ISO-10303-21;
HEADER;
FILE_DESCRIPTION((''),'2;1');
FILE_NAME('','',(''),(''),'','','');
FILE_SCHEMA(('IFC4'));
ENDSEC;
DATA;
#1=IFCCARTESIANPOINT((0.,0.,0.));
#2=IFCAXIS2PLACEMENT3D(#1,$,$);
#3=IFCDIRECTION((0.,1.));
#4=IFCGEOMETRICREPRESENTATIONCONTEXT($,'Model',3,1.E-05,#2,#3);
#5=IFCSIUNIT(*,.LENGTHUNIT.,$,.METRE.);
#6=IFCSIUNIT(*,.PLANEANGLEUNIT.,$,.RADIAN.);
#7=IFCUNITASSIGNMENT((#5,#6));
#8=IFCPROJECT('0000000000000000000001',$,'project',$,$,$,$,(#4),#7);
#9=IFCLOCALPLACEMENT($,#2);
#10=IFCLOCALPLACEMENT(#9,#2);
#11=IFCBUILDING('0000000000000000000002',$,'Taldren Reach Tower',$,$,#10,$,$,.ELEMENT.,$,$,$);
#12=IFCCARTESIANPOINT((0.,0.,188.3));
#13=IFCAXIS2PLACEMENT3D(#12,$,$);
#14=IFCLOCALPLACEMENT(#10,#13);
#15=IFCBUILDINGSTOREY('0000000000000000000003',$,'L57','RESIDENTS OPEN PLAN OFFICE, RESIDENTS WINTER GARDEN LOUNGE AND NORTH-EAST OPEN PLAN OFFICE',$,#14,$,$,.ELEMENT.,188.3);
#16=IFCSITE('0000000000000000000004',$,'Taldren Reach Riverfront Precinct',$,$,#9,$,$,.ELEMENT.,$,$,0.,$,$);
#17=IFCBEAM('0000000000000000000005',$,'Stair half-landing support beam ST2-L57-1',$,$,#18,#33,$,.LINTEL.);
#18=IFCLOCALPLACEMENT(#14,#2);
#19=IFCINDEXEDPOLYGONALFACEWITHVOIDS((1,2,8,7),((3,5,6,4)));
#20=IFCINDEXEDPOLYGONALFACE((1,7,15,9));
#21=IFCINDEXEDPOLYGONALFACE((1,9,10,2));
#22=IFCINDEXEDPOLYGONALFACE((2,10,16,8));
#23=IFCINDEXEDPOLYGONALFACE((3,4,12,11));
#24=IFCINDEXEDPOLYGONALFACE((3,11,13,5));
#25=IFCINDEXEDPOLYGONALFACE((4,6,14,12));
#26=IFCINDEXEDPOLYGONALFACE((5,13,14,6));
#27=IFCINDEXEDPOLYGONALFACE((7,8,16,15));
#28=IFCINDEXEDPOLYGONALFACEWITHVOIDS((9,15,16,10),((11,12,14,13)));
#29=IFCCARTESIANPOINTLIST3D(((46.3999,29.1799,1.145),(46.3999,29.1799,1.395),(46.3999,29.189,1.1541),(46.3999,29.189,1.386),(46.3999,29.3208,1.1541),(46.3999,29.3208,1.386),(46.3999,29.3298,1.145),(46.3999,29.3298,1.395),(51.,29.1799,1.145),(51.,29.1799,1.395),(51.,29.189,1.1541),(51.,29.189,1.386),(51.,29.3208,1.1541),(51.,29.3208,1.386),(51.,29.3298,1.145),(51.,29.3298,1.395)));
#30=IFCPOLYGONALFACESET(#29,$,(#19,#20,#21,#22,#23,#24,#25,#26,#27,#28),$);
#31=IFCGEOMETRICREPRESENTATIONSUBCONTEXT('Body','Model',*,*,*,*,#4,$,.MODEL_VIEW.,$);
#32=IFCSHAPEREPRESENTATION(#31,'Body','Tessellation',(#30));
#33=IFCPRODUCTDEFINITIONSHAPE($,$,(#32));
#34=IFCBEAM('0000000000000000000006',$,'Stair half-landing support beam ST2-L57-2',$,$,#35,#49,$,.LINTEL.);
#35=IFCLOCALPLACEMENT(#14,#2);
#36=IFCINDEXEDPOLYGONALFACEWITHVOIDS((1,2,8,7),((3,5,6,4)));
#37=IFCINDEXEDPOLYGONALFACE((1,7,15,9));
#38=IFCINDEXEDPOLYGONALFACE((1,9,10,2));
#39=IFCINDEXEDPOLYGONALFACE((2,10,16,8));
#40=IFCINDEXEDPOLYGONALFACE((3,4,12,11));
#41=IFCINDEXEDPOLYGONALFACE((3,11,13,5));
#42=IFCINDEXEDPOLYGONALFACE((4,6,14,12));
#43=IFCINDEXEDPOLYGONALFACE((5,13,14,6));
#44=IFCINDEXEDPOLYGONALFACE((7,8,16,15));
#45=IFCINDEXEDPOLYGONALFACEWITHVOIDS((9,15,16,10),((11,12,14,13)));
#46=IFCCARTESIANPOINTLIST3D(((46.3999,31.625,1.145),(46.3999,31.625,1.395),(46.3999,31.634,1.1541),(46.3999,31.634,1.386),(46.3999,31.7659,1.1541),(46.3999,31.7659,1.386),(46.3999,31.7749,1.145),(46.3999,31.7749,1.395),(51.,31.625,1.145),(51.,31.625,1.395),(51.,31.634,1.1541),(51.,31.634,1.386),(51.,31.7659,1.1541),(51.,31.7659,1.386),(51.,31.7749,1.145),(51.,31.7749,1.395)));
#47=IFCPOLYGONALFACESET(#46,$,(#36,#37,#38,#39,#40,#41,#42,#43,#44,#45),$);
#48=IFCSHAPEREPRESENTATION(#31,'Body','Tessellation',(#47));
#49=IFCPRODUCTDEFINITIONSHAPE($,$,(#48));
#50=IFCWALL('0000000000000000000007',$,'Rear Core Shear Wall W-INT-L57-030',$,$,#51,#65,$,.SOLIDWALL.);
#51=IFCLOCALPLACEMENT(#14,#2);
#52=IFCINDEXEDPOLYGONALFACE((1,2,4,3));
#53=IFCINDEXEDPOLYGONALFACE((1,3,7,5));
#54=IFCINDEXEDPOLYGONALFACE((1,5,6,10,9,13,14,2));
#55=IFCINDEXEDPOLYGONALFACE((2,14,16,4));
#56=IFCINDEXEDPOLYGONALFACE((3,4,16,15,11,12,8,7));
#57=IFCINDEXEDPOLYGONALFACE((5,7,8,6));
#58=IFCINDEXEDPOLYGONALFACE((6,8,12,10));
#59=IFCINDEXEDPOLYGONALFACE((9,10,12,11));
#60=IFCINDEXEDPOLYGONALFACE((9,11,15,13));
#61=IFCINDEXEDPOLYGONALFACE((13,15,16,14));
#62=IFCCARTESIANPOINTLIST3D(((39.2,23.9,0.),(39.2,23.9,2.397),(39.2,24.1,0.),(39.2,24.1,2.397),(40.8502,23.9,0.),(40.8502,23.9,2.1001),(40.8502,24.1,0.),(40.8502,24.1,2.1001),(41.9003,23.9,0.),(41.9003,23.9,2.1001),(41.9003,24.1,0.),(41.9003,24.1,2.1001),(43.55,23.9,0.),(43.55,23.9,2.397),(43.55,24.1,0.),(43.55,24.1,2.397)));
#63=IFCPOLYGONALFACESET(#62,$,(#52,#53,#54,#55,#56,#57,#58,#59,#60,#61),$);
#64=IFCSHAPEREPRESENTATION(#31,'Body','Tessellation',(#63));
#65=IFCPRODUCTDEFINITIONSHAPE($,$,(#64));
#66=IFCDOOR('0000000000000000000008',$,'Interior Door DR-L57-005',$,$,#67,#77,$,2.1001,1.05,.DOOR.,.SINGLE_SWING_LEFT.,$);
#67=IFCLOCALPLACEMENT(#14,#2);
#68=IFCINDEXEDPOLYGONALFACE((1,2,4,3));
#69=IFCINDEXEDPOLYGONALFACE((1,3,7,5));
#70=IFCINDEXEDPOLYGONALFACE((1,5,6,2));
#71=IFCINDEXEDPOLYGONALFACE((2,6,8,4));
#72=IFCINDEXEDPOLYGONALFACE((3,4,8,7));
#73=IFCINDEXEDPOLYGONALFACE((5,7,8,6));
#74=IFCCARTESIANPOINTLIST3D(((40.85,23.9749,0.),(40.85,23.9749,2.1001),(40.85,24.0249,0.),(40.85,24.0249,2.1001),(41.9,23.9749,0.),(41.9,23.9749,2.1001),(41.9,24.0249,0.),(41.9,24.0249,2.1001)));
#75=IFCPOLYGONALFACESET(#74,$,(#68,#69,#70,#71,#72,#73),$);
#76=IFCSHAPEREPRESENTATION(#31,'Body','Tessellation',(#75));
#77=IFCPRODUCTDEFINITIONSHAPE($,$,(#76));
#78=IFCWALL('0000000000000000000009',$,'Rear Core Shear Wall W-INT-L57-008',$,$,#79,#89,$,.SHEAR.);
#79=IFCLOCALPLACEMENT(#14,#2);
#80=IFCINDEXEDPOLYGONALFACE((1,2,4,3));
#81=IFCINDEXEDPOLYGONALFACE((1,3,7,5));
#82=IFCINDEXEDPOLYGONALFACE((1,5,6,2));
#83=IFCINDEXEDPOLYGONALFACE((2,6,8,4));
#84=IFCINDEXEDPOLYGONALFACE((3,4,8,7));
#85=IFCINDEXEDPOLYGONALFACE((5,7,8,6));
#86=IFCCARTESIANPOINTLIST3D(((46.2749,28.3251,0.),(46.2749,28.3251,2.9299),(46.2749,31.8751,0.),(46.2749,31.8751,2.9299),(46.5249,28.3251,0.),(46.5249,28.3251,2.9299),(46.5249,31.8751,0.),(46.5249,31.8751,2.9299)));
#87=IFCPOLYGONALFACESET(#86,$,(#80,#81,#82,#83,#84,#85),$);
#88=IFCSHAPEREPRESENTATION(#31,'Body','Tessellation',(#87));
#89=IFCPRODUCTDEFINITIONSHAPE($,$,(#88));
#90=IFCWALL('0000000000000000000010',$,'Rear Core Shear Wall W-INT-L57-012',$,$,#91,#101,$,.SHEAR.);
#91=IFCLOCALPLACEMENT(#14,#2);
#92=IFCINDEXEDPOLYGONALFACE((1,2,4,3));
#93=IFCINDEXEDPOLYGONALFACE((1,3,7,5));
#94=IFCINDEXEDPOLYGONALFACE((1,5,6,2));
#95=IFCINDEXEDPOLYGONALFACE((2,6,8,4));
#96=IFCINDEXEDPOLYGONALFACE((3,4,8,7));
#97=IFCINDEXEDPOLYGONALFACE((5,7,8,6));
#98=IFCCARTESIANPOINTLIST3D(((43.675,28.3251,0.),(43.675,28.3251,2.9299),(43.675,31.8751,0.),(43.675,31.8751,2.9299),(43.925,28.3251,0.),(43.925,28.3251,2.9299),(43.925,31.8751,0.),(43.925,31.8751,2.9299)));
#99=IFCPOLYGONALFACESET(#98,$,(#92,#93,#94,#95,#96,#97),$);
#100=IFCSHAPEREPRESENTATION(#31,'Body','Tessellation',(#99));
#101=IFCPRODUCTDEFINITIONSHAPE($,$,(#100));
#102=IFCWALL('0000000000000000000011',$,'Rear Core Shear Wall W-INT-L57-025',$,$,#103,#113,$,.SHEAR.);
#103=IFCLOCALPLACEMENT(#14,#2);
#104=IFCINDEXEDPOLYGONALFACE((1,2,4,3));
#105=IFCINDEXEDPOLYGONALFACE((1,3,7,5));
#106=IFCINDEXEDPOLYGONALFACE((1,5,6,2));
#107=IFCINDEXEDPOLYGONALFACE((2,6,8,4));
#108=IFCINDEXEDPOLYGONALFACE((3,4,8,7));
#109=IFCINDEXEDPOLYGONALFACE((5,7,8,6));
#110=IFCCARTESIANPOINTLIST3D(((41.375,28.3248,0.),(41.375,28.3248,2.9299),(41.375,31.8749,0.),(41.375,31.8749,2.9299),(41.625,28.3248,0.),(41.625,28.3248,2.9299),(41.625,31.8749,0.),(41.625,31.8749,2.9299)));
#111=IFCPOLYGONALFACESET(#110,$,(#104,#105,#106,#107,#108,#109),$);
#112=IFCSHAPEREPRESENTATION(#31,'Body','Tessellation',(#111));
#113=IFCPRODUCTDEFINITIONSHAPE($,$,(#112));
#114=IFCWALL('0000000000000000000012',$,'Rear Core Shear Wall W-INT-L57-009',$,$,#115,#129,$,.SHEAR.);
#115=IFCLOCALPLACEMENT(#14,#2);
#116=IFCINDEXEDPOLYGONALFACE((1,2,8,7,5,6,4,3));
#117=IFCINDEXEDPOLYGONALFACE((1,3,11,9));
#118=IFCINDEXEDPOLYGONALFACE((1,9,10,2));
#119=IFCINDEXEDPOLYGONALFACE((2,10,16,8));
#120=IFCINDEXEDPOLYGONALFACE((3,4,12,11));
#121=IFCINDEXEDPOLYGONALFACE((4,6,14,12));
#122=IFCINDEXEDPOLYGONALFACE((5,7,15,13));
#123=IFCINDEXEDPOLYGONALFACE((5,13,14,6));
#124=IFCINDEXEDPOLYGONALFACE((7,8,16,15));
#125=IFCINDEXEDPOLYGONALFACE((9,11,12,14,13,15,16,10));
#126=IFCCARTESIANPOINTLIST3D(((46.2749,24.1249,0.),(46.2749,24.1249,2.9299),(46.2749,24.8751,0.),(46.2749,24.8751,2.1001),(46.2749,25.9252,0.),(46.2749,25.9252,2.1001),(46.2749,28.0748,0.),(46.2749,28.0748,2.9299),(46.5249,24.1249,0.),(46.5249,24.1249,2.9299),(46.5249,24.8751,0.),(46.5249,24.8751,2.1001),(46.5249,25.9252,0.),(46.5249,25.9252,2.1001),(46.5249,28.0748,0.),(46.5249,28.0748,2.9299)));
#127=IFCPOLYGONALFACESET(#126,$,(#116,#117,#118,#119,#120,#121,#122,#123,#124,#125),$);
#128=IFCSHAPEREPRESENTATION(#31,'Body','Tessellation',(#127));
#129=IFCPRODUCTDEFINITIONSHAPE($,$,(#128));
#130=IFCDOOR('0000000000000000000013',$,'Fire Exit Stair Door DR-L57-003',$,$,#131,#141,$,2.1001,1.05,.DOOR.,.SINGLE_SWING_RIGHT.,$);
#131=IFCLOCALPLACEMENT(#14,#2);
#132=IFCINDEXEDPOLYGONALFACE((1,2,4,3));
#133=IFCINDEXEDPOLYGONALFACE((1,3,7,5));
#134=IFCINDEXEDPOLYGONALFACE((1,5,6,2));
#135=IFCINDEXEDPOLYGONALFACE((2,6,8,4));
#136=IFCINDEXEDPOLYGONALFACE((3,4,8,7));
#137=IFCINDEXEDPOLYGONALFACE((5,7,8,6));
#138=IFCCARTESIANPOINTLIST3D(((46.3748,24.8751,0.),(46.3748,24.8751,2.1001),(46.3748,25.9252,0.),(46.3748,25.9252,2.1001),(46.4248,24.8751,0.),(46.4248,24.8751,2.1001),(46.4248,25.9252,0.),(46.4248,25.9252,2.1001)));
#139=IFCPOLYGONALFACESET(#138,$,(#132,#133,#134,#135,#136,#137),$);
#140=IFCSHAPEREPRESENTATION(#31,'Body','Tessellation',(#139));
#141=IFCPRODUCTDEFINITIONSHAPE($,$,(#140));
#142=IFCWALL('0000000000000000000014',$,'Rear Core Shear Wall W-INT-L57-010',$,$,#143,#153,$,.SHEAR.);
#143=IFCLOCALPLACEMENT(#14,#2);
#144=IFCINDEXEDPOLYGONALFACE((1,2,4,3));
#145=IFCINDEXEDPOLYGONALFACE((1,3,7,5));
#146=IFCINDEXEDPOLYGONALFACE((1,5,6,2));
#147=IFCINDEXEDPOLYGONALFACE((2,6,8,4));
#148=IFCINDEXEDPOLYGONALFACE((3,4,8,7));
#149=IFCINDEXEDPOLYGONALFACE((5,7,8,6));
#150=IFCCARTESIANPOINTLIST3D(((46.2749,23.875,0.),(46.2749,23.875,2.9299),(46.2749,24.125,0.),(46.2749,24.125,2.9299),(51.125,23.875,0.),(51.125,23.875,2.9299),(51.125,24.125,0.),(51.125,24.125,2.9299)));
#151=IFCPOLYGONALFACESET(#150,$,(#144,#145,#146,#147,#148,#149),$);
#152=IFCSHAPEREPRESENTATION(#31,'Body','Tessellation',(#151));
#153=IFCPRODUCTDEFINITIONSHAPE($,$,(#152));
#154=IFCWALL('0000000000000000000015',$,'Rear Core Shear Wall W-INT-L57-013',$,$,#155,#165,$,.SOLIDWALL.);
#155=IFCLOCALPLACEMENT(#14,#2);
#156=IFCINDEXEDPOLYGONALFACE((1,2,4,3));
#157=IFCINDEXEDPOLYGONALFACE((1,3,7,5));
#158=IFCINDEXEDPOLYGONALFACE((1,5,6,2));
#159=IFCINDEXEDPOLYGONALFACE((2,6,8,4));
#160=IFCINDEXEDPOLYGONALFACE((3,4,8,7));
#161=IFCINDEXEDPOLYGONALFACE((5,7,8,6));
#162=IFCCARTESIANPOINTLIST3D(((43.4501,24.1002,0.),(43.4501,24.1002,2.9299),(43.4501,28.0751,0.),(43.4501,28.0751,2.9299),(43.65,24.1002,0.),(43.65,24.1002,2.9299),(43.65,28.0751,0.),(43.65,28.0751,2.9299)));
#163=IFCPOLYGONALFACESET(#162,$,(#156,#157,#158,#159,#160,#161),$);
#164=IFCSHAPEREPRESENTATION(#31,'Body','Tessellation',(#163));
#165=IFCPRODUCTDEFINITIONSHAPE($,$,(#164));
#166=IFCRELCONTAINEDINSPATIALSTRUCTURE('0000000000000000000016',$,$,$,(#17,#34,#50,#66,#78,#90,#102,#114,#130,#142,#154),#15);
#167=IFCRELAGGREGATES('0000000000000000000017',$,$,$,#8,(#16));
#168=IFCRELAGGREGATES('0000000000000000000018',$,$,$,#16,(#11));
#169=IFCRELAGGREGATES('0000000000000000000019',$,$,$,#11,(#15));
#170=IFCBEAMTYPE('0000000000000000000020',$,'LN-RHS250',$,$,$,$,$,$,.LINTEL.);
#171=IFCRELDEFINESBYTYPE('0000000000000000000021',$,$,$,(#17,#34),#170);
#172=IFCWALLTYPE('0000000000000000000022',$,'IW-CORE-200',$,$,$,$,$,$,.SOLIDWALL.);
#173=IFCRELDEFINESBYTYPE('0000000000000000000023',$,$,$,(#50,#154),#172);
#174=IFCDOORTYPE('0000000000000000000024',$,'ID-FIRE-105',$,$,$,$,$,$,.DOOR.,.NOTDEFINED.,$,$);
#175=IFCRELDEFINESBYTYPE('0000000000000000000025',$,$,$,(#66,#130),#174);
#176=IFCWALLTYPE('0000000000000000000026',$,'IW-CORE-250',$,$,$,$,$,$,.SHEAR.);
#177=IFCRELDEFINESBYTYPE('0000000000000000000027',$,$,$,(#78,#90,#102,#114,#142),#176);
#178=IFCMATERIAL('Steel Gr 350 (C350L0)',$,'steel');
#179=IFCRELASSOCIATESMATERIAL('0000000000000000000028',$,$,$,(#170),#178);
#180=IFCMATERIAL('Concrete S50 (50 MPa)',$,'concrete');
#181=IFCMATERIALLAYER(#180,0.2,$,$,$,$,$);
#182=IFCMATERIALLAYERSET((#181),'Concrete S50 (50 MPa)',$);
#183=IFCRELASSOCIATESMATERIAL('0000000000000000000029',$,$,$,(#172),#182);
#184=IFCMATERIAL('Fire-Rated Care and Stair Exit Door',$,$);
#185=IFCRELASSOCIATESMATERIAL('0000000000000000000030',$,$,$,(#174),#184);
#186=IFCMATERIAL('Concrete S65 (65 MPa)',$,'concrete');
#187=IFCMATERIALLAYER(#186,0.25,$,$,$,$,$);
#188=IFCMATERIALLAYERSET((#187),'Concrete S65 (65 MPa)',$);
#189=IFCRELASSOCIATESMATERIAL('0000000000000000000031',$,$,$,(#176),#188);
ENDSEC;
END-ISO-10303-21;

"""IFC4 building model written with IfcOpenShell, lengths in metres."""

from ifc_helpers import new_model, si_unit, direction, frame, frame_2d, origin, origin_2d, place, context, subcontext, project, spatial, rectangle, hollow_rectangle, extrude, source, transform, mapped, material, layer, layer_set, material_profile, profile_set, type_object, element, fill, save


model = new_model("IFC4")

# Units and contexts
model_context = context("Model", 3, precision=1e-05, world=origin(), true_north=direction((0.0, 1.0)))
body_context = subcontext(model_context, "Body", "Model", "MODEL_VIEW")
ifc_project = project(units=[si_unit("LENGTHUNIT", "METRE"), si_unit("PLANEANGLEUNIT", "RADIAN")], contexts=[model_context])

# Site, building, storey
site_placement = place(None, origin())
site = spatial("IfcSite", under=ifc_project, at=site_placement, Name="Taldren Reach Riverfront Precinct", CompositionType="ELEMENT", RefElevation=0.0)
building_placement = place(site_placement, origin())
building = spatial("IfcBuilding", under=site, at=building_placement, Name="Taldren Reach Tower", CompositionType="ELEMENT")
storey_placement = place(building_placement, frame((0.0, 0.0, 188.3)))
storey = spatial("IfcBuildingStorey", under=building, at=storey_placement, Name="L57", Description="RESIDENTS OPEN PLAN OFFICE, RESIDENTS WINTER GARDEN LOUNGE AND NORTH-EAST OPEN PLAN OFFICE", CompositionType="ELEMENT", Elevation=188.3)

# Beams
ifc_material_1 = material(Name="Steel Gr 350 (C350L0)", Category="steel")
ifc_material_profile = material_profile(ifc_material_1, hollow_rectangle(XDim=0.1499, YDim=0.25, WallThickness=0.009, at=origin_2d()), Name="250x150x9.0RHS")
ifc_profile_set = profile_set([ifc_material_profile], Name="Steel Gr 350 (C350L0)")
beam_type = type_object("IfcBeamType", Name="LN-RHS250", PredefinedType="LINTEL", material=ifc_profile_set)
shared_shape_1 = source(origin(), body_context, "Body", "SweptSolid", [
    extrude(hollow_rectangle(XDim=0.1499, YDim=0.25, WallThickness=0.009, at=origin_2d()), origin(), (0.0, 0.0, 1.0), 4.6001),
])
for number, where, z_axis, x_axis, name in (
    (1, (46.3999, 29.2549, 1.27), (1.0, 0.0, 0.0), (0.0, 1.0, 0.0), "Stair half-landing support beam ST2-L57-1"),
    (2, (46.3999, 31.7, 1.27), (1.0, 0.0, 0.0), (0.0, 1.0, 0.0), "Stair half-landing support beam ST2-L57-2"),
):
    element("IfcBeam", number, at=place(storey_placement, frame(where, z_axis=z_axis, x_axis=x_axis)), inside=storey, type_object=beam_type, Name=name, PredefinedType="LINTEL", context=body_context, shape_type="MappedRepresentation", body=[
        mapped(shared_shape_1, transform((0.0, 0.0, 0.0), scale=1.0)),
    ])

# Wall, opening, door
ifc_material_2 = material(Name="Concrete S50 (50 MPa)", Category="concrete")
ifc_layer_1 = layer(ifc_material_2, 0.2)
ifc_layer_set_1 = layer_set([ifc_layer_1], Name="Concrete S50 (50 MPa)")
wall_type_1 = type_object("IfcWallType", Name="IW-CORE-200", PredefinedType="SOLIDWALL", material=ifc_layer_set_1)
shared_shape_2 = source(origin(), body_context, "Body", "SweptSolid", [
    extrude(rectangle(XDim=4.3501, YDim=0.2, at=frame_2d((2.175, 0.0))), origin(), (0.0, 0.0, 1.0), 2.397),
])
wall_1_placement = place(storey_placement, frame((43.55, 24.0, 0.0), z_axis=(0.0, 0.0, 1.0), x_axis=(-1.0, 0.0, 0.0)))
wall_1 = element("IfcWall", 3, at=wall_1_placement, inside=storey, type_object=wall_type_1, Name="Rear Core Shear Wall W-INT-L57-030", PredefinedType="SOLIDWALL", context=body_context, shape_type="MappedRepresentation", body=[
    mapped(shared_shape_2, transform((0.0, 0.0, 0.0), scale=1.0)),
])
shared_shape_3 = source(origin(), body_context, "Body", "SweptSolid", [
    extrude(rectangle(XDim=1.05, YDim=2.1001, at=frame_2d((0.5249, 1.05))), frame((0.0, 0.1099, 0.0), z_axis=(0.0, -1.0, 0.0), x_axis=(1.0, 0.0, 0.0)), (0.0, 0.0, 1.0), 0.22),
])
opening_1_placement = place(wall_1_placement, frame((1.6499, 0.0, 0.0)))
opening_1 = element("IfcOpeningElement", 4, at=opening_1_placement, cuts=wall_1, PredefinedType="OPENING", context=body_context, shape_type="MappedRepresentation", body=[
    mapped(shared_shape_3, transform((0.0, 0.0, 0.0), scale=1.0)),
])
ifc_material_3 = material(Name="Fire-Rated Care and Stair Exit Door")
door_type_1 = type_object("IfcDoorType", Name="ID-FIRE-105", OperationType="NOTDEFINED", PredefinedType="DOOR", material=ifc_material_3)
shared_shape_4 = source(origin(), body_context, "Body", "SweptSolid", [
    extrude(rectangle(XDim=1.05, YDim=2.1001, at=frame_2d((0.5249, 1.05))), frame((0.0, 0.0249, 0.0), z_axis=(0.0, -1.0, 0.0), x_axis=(1.0, 0.0, 0.0)), (0.0, 0.0, 1.0), 0.05),
])
door_1_placement = place(opening_1_placement, frame((1.05, 0.0, 0.0), z_axis=(0.0, 0.0, 1.0), x_axis=(-1.0, 0.0, 0.0)))
door_1 = element("IfcDoor", 5, at=door_1_placement, inside=storey, type_object=door_type_1, Name="Interior Door DR-L57-005", OperationType="SINGLE_SWING_LEFT", OverallHeight=2.1001, OverallWidth=1.05, PredefinedType="DOOR", context=body_context, shape_type="MappedRepresentation", body=[
    mapped(shared_shape_4, transform((0.0, 0.0, 0.0), scale=1.0)),
])
fill(opening_1, door_1)

# Walls
ifc_material_4 = material(Name="Concrete S65 (65 MPa)", Category="concrete")
ifc_layer_2 = layer(ifc_material_4, 0.25)
ifc_layer_set_2 = layer_set([ifc_layer_2], Name="Concrete S65 (65 MPa)")
wall_type_2 = type_object("IfcWallType", Name="IW-CORE-250", PredefinedType="SHEAR", material=ifc_layer_set_2)
shared_shape_5 = source(origin(), body_context, "Body", "SweptSolid", [
    extrude(rectangle(XDim=3.55, YDim=0.25, at=frame_2d((1.7749, 0.0))), origin(), (0.0, 0.0, 1.0), 2.9299),
])
for number, where, z_axis, x_axis, name in (
    (6, (46.3999, 31.875, 0.0), (0.0, 0.0, 1.0), (0.0, -1.0, 0.0), "Rear Core Shear Wall W-INT-L57-008"),
    (7, (43.8, 31.875, 0.0), (0.0, 0.0, 1.0), (0.0, -1.0, 0.0), "Rear Core Shear Wall W-INT-L57-012"),
    (8, (41.5, 28.325, 0.0), (0.0, 0.0, 1.0), (0.0, 1.0, 0.0), "Rear Core Shear Wall W-INT-L57-025"),
):
    element("IfcWall", number, at=place(storey_placement, frame(where, z_axis=z_axis, x_axis=x_axis)), inside=storey, type_object=wall_type_2, Name=name, PredefinedType="SHEAR", context=body_context, shape_type="MappedRepresentation", body=[
        mapped(shared_shape_5, transform((0.0, 0.0, 0.0), scale=1.0)),
    ])

# Wall, opening, door
shared_shape_6 = source(origin(), body_context, "Body", "SweptSolid", [
    extrude(rectangle(XDim=3.95, YDim=0.25, at=frame_2d((1.9751, 0.0))), origin(), (0.0, 0.0, 1.0), 2.9299),
])
wall_2_placement = place(storey_placement, frame((46.3999, 28.075, 0.0), z_axis=(0.0, 0.0, 1.0), x_axis=(0.0, -1.0, 0.0)))
wall_2 = element("IfcWall", 9, at=wall_2_placement, inside=storey, type_object=wall_type_2, Name="Rear Core Shear Wall W-INT-L57-009", PredefinedType="SHEAR", context=body_context, shape_type="MappedRepresentation", body=[
    mapped(shared_shape_6, transform((0.0, 0.0, 0.0), scale=1.0)),
])
shared_shape_7 = source(origin(), body_context, "Body", "SweptSolid", [
    extrude(rectangle(XDim=1.05, YDim=2.1001, at=frame_2d((0.5249, 1.05))), frame((0.0, 0.135, 0.0), z_axis=(0.0, -1.0, 0.0), x_axis=(1.0, 0.0, 0.0)), (0.0, 0.0, 1.0), 0.27),
])
opening_2_placement = place(wall_2_placement, frame((2.1499, 0.0, 0.0)))
opening_2 = element("IfcOpeningElement", 10, at=opening_2_placement, cuts=wall_2, PredefinedType="OPENING", context=body_context, shape_type="MappedRepresentation", body=[
    mapped(shared_shape_7, transform((0.0, 0.0, 0.0), scale=1.0)),
])
door_2_placement = place(opening_2_placement, origin())
door_2 = element("IfcDoor", 11, at=door_2_placement, inside=storey, type_object=door_type_1, Name="Fire Exit Stair Door DR-L57-003", OperationType="SINGLE_SWING_RIGHT", OverallHeight=2.1001, OverallWidth=1.05, PredefinedType="DOOR", context=body_context, shape_type="MappedRepresentation", body=[
    mapped(shared_shape_4, transform((0.0, 0.0, 0.0), scale=1.0)),
])
fill(opening_2, door_2)

# Wall
shared_shape_8 = source(origin(), body_context, "Body", "SweptSolid", [
    extrude(rectangle(XDim=4.8501, YDim=0.25, at=frame_2d((2.425, 0.0))), origin(), (0.0, 0.0, 1.0), 2.9299),
])
wall_3_placement = place(storey_placement, frame((46.2749, 24.0, 0.0), z_axis=(0.0, 0.0, 1.0), x_axis=(1.0, 0.0, 0.0)))
element("IfcWall", 12, at=wall_3_placement, inside=storey, type_object=wall_type_2, Name="Rear Core Shear Wall W-INT-L57-010", PredefinedType="SHEAR", context=body_context, shape_type="MappedRepresentation", body=[
    mapped(shared_shape_8, transform((0.0, 0.0, 0.0), scale=1.0)),
])

# Wall
shared_shape_9 = source(origin(), body_context, "Body", "SweptSolid", [
    extrude(rectangle(XDim=3.9749, YDim=0.2, at=frame_2d((1.9873, 0.0))), origin(), (0.0, 0.0, 1.0), 2.9299),
])
wall_4_placement = place(storey_placement, frame((43.55, 28.075, 0.0), z_axis=(0.0, 0.0, 1.0), x_axis=(0.0, -1.0, 0.0)))
element("IfcWall", 13, at=wall_4_placement, inside=storey, type_object=wall_type_1, Name="Rear Core Shear Wall W-INT-L57-013", PredefinedType="SOLIDWALL", context=body_context, shape_type="MappedRepresentation", body=[
    mapped(shared_shape_9, transform((0.0, 0.0, 0.0), scale=1.0)),
])

save(model, "model.ifc")
